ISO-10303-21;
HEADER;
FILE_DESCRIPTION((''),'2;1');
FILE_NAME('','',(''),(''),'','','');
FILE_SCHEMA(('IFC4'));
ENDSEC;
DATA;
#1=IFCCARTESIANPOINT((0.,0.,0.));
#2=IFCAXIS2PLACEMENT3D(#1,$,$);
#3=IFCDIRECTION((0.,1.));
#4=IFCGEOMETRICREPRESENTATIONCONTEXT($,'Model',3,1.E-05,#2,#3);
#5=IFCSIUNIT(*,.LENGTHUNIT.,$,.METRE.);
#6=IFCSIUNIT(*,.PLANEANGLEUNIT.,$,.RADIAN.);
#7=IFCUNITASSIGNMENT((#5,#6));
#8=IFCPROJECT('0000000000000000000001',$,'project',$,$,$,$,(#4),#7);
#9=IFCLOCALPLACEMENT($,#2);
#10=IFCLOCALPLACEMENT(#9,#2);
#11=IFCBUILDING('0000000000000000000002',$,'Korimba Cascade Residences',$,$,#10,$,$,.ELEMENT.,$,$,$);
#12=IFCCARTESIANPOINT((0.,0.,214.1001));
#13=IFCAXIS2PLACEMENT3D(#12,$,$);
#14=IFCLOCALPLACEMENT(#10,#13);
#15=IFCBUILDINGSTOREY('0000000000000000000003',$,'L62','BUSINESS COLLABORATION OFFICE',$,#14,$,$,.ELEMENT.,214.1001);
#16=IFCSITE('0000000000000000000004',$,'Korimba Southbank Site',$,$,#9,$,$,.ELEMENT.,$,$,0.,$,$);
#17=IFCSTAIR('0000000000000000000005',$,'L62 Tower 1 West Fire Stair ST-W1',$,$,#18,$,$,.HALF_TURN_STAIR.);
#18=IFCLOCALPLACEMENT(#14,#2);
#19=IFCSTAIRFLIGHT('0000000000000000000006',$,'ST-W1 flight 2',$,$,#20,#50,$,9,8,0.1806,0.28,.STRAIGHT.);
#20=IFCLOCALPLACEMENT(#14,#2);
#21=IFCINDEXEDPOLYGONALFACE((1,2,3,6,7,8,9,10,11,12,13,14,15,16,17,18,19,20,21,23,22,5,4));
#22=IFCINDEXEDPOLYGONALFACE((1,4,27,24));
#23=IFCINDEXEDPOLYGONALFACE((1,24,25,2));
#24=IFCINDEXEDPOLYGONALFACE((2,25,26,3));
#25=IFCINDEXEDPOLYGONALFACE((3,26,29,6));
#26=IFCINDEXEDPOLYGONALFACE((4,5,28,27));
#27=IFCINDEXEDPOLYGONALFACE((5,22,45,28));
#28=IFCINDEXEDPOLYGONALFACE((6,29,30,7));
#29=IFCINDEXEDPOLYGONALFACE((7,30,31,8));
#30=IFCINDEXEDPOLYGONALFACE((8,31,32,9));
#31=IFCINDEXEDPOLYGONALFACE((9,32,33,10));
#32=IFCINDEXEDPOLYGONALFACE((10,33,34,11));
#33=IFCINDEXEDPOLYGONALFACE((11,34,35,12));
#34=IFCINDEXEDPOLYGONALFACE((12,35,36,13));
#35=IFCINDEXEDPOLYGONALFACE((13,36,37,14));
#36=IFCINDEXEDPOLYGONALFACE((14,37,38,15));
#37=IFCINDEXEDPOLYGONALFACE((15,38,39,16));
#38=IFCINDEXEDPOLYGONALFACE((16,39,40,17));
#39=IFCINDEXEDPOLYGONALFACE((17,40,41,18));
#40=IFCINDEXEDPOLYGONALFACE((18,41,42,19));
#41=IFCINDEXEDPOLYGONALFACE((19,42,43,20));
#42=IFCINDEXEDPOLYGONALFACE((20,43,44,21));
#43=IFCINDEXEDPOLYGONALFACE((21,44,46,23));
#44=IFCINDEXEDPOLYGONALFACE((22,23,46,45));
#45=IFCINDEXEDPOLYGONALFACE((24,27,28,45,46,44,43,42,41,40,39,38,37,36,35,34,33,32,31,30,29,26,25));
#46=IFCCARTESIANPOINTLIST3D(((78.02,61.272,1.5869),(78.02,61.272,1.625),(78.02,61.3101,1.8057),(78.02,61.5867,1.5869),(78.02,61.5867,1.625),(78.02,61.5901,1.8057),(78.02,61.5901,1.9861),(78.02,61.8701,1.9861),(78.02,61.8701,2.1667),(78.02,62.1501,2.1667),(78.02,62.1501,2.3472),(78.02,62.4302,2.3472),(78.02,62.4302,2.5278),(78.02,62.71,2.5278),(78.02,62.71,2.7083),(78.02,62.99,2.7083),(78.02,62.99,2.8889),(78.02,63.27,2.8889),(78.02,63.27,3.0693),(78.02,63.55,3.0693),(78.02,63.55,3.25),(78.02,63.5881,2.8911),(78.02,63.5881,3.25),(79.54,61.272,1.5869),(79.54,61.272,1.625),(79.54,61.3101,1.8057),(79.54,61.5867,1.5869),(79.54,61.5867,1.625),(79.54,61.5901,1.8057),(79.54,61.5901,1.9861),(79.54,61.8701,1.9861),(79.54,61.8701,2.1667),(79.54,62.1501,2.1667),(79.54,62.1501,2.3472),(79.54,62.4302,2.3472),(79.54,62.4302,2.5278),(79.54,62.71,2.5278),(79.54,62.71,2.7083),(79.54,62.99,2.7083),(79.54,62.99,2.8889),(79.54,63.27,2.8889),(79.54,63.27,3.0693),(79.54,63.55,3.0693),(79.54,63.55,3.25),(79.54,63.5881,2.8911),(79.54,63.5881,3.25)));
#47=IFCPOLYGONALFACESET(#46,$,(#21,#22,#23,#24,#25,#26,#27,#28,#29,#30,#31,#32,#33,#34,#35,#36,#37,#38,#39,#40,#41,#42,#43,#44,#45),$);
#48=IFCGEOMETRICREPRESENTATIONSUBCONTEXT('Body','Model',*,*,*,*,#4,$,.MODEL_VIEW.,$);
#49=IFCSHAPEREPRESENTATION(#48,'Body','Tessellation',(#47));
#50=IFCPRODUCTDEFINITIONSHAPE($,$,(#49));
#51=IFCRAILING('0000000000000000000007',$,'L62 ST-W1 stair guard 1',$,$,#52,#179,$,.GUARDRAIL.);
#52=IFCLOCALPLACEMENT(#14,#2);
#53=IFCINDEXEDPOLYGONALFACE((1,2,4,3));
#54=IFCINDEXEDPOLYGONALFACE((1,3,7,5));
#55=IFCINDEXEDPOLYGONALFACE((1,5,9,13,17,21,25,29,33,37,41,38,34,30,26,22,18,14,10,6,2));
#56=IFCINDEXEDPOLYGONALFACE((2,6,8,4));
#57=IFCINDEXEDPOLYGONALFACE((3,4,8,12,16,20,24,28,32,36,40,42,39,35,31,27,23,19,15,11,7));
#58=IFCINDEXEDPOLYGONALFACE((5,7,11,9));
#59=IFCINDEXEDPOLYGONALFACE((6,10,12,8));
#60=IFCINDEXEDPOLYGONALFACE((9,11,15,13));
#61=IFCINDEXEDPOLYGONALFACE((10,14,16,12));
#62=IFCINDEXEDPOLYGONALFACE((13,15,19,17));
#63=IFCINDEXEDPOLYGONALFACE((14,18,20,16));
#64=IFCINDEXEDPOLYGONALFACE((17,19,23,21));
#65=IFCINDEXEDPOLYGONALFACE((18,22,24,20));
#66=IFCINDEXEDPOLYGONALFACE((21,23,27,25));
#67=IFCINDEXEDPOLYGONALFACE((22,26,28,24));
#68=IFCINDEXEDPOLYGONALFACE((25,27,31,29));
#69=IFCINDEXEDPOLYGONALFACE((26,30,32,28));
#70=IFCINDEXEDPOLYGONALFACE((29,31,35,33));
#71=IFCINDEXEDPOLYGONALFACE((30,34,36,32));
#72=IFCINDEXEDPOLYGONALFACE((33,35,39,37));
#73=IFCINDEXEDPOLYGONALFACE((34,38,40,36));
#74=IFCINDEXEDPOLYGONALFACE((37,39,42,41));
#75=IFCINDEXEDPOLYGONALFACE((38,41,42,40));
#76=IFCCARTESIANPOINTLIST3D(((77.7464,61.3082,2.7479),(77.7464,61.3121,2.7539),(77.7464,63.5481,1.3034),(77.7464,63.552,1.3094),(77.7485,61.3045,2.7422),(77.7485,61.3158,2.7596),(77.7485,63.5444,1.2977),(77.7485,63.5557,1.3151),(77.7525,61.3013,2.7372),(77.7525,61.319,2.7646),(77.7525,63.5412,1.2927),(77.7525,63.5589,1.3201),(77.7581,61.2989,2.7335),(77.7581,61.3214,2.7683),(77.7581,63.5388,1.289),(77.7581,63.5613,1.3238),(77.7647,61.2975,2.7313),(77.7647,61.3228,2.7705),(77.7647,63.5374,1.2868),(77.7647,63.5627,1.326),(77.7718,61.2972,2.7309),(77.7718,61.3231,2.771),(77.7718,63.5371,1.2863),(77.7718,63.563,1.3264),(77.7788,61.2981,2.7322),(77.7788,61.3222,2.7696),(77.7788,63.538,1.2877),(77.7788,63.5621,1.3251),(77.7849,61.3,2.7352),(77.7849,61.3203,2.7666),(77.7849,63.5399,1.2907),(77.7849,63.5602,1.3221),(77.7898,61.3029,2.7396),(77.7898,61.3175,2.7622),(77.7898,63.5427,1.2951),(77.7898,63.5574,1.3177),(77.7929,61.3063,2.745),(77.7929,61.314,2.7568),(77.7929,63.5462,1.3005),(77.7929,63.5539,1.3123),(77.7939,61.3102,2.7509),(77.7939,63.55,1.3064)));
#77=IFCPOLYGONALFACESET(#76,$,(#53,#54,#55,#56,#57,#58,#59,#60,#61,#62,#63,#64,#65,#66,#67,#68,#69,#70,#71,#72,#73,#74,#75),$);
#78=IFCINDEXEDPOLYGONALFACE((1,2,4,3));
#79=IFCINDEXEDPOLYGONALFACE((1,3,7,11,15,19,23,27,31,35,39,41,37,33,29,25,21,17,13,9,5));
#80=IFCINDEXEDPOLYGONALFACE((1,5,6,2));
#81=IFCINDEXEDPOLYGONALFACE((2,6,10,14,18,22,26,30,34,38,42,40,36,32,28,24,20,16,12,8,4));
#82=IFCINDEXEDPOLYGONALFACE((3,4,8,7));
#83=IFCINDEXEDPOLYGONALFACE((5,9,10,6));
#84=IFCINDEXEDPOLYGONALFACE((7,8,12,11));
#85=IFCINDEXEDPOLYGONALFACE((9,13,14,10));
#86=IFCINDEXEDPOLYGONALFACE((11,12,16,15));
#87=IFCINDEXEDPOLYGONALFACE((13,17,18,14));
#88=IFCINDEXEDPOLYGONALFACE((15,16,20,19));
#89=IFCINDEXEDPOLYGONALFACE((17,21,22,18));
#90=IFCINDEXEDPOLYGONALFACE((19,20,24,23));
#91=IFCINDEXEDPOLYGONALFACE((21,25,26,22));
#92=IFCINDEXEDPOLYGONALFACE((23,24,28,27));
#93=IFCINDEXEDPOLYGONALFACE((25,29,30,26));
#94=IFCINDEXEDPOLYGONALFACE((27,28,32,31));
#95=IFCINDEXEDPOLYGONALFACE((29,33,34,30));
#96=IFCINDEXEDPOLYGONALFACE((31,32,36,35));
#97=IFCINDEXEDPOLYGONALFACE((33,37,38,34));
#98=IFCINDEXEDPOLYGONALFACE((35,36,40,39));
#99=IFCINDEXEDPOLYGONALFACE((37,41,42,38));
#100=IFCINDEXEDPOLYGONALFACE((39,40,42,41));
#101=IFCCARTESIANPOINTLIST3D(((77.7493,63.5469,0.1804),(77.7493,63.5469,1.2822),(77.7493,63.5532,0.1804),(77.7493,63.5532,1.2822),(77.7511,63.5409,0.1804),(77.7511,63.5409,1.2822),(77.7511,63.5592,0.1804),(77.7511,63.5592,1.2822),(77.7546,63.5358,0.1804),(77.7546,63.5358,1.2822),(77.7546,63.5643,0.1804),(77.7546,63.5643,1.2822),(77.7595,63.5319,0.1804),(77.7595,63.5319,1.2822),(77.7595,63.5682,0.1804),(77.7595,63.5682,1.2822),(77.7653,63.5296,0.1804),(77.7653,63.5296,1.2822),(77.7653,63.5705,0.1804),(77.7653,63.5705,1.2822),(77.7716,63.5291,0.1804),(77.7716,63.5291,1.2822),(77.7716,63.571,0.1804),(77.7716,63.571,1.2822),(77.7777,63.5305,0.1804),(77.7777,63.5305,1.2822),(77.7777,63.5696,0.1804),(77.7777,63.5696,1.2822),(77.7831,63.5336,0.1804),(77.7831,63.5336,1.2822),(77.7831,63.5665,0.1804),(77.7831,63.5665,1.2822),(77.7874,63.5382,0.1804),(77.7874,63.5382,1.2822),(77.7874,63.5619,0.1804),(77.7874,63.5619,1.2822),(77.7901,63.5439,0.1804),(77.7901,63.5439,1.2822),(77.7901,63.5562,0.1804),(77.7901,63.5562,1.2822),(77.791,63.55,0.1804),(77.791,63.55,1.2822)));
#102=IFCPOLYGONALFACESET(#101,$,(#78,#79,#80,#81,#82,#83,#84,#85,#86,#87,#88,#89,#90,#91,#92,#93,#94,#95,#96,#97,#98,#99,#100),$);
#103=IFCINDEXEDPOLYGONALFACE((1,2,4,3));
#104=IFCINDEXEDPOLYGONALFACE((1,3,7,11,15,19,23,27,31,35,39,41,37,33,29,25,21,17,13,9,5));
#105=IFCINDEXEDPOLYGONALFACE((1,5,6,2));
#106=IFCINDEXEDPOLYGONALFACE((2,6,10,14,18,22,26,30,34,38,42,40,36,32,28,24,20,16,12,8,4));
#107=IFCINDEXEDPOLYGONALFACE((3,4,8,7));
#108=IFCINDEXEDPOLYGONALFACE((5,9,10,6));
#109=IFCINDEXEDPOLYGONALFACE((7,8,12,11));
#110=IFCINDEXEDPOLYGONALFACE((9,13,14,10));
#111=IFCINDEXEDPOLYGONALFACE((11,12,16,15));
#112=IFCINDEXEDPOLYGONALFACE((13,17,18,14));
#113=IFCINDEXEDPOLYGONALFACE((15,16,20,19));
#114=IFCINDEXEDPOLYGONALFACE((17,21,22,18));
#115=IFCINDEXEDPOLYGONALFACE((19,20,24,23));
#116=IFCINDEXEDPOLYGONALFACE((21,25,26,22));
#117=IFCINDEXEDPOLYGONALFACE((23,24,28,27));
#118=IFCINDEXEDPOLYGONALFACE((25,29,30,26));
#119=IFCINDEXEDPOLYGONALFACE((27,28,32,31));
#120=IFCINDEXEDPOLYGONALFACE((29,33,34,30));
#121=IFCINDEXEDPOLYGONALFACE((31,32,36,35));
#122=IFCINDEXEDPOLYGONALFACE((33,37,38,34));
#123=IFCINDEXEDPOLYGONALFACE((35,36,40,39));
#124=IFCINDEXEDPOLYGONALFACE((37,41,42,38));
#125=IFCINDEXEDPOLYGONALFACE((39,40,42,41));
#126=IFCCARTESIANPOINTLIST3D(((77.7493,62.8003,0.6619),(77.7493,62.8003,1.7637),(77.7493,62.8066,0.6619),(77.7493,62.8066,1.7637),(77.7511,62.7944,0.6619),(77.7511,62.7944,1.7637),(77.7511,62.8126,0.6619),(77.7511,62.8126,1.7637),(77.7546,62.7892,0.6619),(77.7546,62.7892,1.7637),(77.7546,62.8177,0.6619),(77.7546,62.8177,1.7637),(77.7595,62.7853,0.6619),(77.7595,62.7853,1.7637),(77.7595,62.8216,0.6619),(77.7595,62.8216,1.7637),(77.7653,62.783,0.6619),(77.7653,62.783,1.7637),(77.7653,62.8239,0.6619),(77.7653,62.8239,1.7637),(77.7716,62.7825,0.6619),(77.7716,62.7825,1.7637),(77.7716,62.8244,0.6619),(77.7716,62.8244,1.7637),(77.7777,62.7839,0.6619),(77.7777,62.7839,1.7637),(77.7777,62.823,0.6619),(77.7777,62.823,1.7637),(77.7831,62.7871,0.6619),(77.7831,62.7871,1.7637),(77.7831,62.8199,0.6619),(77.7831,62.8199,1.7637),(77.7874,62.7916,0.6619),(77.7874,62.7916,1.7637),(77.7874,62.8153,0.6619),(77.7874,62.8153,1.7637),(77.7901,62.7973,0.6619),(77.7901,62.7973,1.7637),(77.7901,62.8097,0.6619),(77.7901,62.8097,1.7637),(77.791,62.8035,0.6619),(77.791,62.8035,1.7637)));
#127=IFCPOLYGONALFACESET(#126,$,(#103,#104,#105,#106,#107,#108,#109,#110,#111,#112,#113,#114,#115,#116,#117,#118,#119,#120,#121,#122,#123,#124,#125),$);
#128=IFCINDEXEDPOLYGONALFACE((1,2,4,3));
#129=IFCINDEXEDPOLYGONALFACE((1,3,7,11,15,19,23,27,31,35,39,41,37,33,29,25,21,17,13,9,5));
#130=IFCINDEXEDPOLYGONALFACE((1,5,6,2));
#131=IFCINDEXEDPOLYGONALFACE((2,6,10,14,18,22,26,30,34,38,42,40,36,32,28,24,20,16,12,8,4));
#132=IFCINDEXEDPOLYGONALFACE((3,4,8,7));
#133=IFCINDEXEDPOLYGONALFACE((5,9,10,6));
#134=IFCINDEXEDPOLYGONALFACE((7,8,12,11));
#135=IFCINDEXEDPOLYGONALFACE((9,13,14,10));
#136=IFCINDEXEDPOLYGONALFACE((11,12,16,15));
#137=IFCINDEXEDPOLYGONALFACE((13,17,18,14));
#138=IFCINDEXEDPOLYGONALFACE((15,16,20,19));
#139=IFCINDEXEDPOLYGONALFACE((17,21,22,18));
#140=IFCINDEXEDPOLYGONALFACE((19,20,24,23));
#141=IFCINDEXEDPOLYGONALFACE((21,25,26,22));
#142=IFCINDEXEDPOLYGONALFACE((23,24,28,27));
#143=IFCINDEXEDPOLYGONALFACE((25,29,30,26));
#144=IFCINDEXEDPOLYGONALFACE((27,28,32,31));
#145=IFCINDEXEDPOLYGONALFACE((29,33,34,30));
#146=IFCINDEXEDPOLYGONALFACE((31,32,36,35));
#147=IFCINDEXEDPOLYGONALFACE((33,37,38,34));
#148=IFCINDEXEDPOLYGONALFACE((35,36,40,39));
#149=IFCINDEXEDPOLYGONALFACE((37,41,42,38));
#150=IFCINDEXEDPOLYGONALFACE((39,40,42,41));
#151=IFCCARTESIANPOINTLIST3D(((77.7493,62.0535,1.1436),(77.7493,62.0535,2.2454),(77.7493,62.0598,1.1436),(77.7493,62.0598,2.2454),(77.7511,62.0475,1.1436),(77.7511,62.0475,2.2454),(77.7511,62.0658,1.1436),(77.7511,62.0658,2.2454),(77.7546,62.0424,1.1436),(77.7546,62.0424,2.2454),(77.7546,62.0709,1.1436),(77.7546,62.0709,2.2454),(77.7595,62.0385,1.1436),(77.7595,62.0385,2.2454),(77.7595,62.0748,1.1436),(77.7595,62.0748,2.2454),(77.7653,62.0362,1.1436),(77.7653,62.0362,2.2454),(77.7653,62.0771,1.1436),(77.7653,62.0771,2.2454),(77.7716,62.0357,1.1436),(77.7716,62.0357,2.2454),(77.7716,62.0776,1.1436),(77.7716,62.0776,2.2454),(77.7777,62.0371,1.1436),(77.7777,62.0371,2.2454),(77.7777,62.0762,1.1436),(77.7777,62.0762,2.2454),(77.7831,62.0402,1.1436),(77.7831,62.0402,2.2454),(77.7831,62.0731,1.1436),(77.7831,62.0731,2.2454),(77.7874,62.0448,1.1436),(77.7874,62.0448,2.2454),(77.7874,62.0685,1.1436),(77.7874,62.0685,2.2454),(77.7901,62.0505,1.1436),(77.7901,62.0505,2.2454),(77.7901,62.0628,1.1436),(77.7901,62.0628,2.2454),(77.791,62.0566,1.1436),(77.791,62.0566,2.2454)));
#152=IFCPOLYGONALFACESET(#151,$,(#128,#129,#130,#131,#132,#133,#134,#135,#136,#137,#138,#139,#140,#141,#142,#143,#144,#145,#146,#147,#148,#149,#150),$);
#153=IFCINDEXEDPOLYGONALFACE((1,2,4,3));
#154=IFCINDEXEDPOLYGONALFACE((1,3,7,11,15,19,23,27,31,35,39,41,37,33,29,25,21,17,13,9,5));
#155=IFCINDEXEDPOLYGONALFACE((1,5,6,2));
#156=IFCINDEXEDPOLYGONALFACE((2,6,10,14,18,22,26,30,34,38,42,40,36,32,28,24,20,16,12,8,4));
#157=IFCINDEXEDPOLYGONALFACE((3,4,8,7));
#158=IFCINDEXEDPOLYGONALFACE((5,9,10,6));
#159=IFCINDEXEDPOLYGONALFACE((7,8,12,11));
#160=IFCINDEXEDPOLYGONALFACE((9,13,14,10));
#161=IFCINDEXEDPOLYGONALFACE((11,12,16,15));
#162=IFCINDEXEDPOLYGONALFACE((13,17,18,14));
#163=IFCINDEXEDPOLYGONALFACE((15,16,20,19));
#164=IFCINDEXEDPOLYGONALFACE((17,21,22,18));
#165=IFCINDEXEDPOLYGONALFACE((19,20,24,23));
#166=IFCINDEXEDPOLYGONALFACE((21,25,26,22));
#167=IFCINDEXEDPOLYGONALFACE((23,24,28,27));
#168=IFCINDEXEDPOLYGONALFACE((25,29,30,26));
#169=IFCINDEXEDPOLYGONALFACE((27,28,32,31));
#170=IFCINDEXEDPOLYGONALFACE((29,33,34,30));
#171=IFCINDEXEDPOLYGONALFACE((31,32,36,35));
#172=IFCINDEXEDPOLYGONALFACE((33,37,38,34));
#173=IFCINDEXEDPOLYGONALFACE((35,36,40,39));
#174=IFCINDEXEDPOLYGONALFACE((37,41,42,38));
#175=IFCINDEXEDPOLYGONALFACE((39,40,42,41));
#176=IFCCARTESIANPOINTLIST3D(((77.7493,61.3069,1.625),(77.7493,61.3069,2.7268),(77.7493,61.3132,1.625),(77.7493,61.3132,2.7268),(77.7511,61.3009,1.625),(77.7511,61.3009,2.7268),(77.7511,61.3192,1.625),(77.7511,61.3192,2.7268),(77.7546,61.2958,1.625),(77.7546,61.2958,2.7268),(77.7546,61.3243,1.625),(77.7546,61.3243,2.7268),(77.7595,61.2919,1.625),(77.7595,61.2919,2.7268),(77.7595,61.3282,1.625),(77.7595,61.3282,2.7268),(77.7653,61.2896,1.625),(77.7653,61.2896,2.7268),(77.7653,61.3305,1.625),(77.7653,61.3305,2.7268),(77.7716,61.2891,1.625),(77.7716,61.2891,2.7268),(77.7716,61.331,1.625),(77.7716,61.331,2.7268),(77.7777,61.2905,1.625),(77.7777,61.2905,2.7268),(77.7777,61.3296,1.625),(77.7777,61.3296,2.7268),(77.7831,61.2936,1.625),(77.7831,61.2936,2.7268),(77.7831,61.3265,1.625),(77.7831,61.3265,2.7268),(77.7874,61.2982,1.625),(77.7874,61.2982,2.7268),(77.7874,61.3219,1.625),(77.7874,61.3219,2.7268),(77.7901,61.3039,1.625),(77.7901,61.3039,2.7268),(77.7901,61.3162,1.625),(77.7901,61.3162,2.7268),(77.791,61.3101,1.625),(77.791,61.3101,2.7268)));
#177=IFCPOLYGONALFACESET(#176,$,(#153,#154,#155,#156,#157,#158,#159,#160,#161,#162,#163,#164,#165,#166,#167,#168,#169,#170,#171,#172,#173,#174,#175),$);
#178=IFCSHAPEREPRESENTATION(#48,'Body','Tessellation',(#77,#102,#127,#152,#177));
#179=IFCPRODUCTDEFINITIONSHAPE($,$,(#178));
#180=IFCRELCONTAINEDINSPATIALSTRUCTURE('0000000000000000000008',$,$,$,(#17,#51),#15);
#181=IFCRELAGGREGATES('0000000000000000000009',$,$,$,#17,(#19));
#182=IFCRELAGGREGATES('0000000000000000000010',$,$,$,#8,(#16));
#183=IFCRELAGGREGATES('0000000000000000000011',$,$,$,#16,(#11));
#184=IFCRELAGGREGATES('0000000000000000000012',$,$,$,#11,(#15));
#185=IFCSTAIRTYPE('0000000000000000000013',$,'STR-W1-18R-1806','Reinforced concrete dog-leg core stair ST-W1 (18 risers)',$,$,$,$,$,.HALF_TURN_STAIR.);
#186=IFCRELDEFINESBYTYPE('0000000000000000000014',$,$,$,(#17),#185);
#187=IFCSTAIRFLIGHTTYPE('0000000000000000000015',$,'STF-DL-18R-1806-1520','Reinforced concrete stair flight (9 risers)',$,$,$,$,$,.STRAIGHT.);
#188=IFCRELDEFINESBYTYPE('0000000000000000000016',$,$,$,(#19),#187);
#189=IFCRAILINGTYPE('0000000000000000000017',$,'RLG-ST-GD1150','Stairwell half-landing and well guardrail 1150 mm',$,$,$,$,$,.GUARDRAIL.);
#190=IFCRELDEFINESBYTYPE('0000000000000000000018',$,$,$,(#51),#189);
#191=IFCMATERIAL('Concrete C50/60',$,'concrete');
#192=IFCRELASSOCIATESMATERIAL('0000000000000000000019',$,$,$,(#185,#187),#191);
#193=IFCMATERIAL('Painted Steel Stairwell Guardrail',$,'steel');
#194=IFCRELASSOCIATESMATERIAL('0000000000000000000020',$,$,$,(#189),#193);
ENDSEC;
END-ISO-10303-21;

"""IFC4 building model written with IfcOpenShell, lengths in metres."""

from ifc_helpers import new_model, si_unit, direction, frame, origin, origin_2d, place, context, subcontext, project, spatial, polyline, circle, outline, extrude, material, type_object, element, aggregate, save


model = new_model("IFC4")

# Units and contexts
model_context = context("Model", 3, precision=1e-05, world=origin(), true_north=direction((0.0, 1.0)))
body_context = subcontext(model_context, "Body", "Model", "MODEL_VIEW")
ifc_project = project(units=[si_unit("LENGTHUNIT", "METRE"), si_unit("PLANEANGLEUNIT", "RADIAN")], contexts=[model_context])

# Site, building, storey
site_placement = place(None, origin())
site = spatial("IfcSite", under=ifc_project, at=site_placement, Name="Korimba Southbank Site", CompositionType="ELEMENT", RefElevation=0.0)
building_placement = place(site_placement, origin())
building = spatial("IfcBuilding", under=site, at=building_placement, Name="Korimba Cascade Residences", CompositionType="ELEMENT")
storey_placement = place(building_placement, frame((0.0, 0.0, 214.1001)))
storey = spatial("IfcBuildingStorey", under=building, at=storey_placement, Name="L62", Description="BUSINESS COLLABORATION OFFICE", CompositionType="ELEMENT", Elevation=214.1001)

# Shared definitions
ifc_material_1 = material(Name="Concrete C50/60", Category="concrete")

# Stair, stair flight
stair_type = type_object("IfcStairType", Name="STR-W1-18R-1806", Description="Reinforced concrete dog-leg core stair ST-W1 (18 risers)", PredefinedType="HALF_TURN_STAIR", material=ifc_material_1)
stair_placement = place(storey_placement, origin())
stair = element("IfcStair", 1, at=stair_placement, inside=storey, type_object=stair_type, Name="L62 Tower 1 West Fire Stair ST-W1", PredefinedType="HALF_TURN_STAIR")
stair_flight_type = type_object("IfcStairFlightType", Name="STF-DL-18R-1806-1520", Description="Reinforced concrete stair flight (9 risers)", PredefinedType="STRAIGHT", material=ifc_material_1)
stair_flight_1_placement = place(storey_placement, frame((78.78, 61.3101, 1.625), z_axis=(0.0, 0.0, 1.0), x_axis=(0.0, 1.0, 0.0)))
stair_flight_1 = element("IfcStairFlight", 2, at=stair_flight_1_placement, type_object=stair_flight_type, Name="ST-W1 flight 2", NumberOfRisers=9, NumberOfTreads=8, PredefinedType="STRAIGHT", RiserHeight=0.1806, TreadLength=0.28, context=body_context, shape_type="SweptSolid", body=[
    extrude(outline(polyline([(-0.0381, 0.0), (0.0, 0.1807), (0.28, 0.1807), (0.28, 0.3611), (0.5601, 0.3611), (0.5601, 0.5417), (0.8401, 0.5417), (0.8401, 0.7222), (1.1201, 0.7222), (1.1201, 0.9028), (1.3999, 0.9028), (1.3999, 1.0833), (1.6799, 1.0833), (1.6799, 1.2639), (1.96, 1.2639), (1.96, 1.4443), (2.24, 1.4443), (2.24, 1.625), (2.2781, 1.625), (2.2781, 1.2661), (0.2766, 0.0), (0.2766, -0.0381), (-0.0381, -0.0381), (-0.0381, 0.0)])), frame((0.0, 0.76, 0.0), z_axis=(0.0, -1.0, 0.0), x_axis=(1.0, 0.0, 0.0)), (0.0, 0.0, 1.0), 1.52),
])
aggregate(stair, [stair_flight_1])

# Railing
ifc_material_2 = material(Name="Painted Steel Stairwell Guardrail", Category="steel")
railing_type_1 = type_object("IfcRailingType", Name="RLG-ST-GD1150", Description="Stairwell half-landing and well guardrail 1150 mm", PredefinedType="GUARDRAIL", material=ifc_material_2)
railing_1_placement = place(storey_placement, frame((77.77, 63.55, 0.1804)))
element("IfcRailing", 3, at=railing_1_placement, inside=storey, type_object=railing_type_1, Name="L62 ST-W1 stair guard 1", PredefinedType="GUARDRAIL", context=body_context, shape_type="SweptSolid", body=[
    extrude(circle(Radius=0.0239, at=origin_2d()), frame((0.0, 0.0, 1.126), z_axis=(0.0, -0.840395, 0.541975), x_axis=(1.0, 0.0, 0.0)), (0.0, 0.0, 1.0), 2.6653),
    extrude(circle(Radius=0.021, at=origin_2d()), origin(), (0.0, 0.0, 1.0), 1.1018),
    extrude(circle(Radius=0.021, at=origin_2d()), frame((0.0, -0.7466, 0.4814)), (0.0, 0.0, 1.0), 1.1018),
    extrude(circle(Radius=0.021, at=origin_2d()), frame((0.0, -1.4934, 0.9631)), (0.0, 0.0, 1.0), 1.1018),
    extrude(circle(Radius=0.021, at=origin_2d()), frame((0.0, -2.24, 1.4446)), (0.0, 0.0, 1.0), 1.1018),
])

save(model, "model.ifc")
